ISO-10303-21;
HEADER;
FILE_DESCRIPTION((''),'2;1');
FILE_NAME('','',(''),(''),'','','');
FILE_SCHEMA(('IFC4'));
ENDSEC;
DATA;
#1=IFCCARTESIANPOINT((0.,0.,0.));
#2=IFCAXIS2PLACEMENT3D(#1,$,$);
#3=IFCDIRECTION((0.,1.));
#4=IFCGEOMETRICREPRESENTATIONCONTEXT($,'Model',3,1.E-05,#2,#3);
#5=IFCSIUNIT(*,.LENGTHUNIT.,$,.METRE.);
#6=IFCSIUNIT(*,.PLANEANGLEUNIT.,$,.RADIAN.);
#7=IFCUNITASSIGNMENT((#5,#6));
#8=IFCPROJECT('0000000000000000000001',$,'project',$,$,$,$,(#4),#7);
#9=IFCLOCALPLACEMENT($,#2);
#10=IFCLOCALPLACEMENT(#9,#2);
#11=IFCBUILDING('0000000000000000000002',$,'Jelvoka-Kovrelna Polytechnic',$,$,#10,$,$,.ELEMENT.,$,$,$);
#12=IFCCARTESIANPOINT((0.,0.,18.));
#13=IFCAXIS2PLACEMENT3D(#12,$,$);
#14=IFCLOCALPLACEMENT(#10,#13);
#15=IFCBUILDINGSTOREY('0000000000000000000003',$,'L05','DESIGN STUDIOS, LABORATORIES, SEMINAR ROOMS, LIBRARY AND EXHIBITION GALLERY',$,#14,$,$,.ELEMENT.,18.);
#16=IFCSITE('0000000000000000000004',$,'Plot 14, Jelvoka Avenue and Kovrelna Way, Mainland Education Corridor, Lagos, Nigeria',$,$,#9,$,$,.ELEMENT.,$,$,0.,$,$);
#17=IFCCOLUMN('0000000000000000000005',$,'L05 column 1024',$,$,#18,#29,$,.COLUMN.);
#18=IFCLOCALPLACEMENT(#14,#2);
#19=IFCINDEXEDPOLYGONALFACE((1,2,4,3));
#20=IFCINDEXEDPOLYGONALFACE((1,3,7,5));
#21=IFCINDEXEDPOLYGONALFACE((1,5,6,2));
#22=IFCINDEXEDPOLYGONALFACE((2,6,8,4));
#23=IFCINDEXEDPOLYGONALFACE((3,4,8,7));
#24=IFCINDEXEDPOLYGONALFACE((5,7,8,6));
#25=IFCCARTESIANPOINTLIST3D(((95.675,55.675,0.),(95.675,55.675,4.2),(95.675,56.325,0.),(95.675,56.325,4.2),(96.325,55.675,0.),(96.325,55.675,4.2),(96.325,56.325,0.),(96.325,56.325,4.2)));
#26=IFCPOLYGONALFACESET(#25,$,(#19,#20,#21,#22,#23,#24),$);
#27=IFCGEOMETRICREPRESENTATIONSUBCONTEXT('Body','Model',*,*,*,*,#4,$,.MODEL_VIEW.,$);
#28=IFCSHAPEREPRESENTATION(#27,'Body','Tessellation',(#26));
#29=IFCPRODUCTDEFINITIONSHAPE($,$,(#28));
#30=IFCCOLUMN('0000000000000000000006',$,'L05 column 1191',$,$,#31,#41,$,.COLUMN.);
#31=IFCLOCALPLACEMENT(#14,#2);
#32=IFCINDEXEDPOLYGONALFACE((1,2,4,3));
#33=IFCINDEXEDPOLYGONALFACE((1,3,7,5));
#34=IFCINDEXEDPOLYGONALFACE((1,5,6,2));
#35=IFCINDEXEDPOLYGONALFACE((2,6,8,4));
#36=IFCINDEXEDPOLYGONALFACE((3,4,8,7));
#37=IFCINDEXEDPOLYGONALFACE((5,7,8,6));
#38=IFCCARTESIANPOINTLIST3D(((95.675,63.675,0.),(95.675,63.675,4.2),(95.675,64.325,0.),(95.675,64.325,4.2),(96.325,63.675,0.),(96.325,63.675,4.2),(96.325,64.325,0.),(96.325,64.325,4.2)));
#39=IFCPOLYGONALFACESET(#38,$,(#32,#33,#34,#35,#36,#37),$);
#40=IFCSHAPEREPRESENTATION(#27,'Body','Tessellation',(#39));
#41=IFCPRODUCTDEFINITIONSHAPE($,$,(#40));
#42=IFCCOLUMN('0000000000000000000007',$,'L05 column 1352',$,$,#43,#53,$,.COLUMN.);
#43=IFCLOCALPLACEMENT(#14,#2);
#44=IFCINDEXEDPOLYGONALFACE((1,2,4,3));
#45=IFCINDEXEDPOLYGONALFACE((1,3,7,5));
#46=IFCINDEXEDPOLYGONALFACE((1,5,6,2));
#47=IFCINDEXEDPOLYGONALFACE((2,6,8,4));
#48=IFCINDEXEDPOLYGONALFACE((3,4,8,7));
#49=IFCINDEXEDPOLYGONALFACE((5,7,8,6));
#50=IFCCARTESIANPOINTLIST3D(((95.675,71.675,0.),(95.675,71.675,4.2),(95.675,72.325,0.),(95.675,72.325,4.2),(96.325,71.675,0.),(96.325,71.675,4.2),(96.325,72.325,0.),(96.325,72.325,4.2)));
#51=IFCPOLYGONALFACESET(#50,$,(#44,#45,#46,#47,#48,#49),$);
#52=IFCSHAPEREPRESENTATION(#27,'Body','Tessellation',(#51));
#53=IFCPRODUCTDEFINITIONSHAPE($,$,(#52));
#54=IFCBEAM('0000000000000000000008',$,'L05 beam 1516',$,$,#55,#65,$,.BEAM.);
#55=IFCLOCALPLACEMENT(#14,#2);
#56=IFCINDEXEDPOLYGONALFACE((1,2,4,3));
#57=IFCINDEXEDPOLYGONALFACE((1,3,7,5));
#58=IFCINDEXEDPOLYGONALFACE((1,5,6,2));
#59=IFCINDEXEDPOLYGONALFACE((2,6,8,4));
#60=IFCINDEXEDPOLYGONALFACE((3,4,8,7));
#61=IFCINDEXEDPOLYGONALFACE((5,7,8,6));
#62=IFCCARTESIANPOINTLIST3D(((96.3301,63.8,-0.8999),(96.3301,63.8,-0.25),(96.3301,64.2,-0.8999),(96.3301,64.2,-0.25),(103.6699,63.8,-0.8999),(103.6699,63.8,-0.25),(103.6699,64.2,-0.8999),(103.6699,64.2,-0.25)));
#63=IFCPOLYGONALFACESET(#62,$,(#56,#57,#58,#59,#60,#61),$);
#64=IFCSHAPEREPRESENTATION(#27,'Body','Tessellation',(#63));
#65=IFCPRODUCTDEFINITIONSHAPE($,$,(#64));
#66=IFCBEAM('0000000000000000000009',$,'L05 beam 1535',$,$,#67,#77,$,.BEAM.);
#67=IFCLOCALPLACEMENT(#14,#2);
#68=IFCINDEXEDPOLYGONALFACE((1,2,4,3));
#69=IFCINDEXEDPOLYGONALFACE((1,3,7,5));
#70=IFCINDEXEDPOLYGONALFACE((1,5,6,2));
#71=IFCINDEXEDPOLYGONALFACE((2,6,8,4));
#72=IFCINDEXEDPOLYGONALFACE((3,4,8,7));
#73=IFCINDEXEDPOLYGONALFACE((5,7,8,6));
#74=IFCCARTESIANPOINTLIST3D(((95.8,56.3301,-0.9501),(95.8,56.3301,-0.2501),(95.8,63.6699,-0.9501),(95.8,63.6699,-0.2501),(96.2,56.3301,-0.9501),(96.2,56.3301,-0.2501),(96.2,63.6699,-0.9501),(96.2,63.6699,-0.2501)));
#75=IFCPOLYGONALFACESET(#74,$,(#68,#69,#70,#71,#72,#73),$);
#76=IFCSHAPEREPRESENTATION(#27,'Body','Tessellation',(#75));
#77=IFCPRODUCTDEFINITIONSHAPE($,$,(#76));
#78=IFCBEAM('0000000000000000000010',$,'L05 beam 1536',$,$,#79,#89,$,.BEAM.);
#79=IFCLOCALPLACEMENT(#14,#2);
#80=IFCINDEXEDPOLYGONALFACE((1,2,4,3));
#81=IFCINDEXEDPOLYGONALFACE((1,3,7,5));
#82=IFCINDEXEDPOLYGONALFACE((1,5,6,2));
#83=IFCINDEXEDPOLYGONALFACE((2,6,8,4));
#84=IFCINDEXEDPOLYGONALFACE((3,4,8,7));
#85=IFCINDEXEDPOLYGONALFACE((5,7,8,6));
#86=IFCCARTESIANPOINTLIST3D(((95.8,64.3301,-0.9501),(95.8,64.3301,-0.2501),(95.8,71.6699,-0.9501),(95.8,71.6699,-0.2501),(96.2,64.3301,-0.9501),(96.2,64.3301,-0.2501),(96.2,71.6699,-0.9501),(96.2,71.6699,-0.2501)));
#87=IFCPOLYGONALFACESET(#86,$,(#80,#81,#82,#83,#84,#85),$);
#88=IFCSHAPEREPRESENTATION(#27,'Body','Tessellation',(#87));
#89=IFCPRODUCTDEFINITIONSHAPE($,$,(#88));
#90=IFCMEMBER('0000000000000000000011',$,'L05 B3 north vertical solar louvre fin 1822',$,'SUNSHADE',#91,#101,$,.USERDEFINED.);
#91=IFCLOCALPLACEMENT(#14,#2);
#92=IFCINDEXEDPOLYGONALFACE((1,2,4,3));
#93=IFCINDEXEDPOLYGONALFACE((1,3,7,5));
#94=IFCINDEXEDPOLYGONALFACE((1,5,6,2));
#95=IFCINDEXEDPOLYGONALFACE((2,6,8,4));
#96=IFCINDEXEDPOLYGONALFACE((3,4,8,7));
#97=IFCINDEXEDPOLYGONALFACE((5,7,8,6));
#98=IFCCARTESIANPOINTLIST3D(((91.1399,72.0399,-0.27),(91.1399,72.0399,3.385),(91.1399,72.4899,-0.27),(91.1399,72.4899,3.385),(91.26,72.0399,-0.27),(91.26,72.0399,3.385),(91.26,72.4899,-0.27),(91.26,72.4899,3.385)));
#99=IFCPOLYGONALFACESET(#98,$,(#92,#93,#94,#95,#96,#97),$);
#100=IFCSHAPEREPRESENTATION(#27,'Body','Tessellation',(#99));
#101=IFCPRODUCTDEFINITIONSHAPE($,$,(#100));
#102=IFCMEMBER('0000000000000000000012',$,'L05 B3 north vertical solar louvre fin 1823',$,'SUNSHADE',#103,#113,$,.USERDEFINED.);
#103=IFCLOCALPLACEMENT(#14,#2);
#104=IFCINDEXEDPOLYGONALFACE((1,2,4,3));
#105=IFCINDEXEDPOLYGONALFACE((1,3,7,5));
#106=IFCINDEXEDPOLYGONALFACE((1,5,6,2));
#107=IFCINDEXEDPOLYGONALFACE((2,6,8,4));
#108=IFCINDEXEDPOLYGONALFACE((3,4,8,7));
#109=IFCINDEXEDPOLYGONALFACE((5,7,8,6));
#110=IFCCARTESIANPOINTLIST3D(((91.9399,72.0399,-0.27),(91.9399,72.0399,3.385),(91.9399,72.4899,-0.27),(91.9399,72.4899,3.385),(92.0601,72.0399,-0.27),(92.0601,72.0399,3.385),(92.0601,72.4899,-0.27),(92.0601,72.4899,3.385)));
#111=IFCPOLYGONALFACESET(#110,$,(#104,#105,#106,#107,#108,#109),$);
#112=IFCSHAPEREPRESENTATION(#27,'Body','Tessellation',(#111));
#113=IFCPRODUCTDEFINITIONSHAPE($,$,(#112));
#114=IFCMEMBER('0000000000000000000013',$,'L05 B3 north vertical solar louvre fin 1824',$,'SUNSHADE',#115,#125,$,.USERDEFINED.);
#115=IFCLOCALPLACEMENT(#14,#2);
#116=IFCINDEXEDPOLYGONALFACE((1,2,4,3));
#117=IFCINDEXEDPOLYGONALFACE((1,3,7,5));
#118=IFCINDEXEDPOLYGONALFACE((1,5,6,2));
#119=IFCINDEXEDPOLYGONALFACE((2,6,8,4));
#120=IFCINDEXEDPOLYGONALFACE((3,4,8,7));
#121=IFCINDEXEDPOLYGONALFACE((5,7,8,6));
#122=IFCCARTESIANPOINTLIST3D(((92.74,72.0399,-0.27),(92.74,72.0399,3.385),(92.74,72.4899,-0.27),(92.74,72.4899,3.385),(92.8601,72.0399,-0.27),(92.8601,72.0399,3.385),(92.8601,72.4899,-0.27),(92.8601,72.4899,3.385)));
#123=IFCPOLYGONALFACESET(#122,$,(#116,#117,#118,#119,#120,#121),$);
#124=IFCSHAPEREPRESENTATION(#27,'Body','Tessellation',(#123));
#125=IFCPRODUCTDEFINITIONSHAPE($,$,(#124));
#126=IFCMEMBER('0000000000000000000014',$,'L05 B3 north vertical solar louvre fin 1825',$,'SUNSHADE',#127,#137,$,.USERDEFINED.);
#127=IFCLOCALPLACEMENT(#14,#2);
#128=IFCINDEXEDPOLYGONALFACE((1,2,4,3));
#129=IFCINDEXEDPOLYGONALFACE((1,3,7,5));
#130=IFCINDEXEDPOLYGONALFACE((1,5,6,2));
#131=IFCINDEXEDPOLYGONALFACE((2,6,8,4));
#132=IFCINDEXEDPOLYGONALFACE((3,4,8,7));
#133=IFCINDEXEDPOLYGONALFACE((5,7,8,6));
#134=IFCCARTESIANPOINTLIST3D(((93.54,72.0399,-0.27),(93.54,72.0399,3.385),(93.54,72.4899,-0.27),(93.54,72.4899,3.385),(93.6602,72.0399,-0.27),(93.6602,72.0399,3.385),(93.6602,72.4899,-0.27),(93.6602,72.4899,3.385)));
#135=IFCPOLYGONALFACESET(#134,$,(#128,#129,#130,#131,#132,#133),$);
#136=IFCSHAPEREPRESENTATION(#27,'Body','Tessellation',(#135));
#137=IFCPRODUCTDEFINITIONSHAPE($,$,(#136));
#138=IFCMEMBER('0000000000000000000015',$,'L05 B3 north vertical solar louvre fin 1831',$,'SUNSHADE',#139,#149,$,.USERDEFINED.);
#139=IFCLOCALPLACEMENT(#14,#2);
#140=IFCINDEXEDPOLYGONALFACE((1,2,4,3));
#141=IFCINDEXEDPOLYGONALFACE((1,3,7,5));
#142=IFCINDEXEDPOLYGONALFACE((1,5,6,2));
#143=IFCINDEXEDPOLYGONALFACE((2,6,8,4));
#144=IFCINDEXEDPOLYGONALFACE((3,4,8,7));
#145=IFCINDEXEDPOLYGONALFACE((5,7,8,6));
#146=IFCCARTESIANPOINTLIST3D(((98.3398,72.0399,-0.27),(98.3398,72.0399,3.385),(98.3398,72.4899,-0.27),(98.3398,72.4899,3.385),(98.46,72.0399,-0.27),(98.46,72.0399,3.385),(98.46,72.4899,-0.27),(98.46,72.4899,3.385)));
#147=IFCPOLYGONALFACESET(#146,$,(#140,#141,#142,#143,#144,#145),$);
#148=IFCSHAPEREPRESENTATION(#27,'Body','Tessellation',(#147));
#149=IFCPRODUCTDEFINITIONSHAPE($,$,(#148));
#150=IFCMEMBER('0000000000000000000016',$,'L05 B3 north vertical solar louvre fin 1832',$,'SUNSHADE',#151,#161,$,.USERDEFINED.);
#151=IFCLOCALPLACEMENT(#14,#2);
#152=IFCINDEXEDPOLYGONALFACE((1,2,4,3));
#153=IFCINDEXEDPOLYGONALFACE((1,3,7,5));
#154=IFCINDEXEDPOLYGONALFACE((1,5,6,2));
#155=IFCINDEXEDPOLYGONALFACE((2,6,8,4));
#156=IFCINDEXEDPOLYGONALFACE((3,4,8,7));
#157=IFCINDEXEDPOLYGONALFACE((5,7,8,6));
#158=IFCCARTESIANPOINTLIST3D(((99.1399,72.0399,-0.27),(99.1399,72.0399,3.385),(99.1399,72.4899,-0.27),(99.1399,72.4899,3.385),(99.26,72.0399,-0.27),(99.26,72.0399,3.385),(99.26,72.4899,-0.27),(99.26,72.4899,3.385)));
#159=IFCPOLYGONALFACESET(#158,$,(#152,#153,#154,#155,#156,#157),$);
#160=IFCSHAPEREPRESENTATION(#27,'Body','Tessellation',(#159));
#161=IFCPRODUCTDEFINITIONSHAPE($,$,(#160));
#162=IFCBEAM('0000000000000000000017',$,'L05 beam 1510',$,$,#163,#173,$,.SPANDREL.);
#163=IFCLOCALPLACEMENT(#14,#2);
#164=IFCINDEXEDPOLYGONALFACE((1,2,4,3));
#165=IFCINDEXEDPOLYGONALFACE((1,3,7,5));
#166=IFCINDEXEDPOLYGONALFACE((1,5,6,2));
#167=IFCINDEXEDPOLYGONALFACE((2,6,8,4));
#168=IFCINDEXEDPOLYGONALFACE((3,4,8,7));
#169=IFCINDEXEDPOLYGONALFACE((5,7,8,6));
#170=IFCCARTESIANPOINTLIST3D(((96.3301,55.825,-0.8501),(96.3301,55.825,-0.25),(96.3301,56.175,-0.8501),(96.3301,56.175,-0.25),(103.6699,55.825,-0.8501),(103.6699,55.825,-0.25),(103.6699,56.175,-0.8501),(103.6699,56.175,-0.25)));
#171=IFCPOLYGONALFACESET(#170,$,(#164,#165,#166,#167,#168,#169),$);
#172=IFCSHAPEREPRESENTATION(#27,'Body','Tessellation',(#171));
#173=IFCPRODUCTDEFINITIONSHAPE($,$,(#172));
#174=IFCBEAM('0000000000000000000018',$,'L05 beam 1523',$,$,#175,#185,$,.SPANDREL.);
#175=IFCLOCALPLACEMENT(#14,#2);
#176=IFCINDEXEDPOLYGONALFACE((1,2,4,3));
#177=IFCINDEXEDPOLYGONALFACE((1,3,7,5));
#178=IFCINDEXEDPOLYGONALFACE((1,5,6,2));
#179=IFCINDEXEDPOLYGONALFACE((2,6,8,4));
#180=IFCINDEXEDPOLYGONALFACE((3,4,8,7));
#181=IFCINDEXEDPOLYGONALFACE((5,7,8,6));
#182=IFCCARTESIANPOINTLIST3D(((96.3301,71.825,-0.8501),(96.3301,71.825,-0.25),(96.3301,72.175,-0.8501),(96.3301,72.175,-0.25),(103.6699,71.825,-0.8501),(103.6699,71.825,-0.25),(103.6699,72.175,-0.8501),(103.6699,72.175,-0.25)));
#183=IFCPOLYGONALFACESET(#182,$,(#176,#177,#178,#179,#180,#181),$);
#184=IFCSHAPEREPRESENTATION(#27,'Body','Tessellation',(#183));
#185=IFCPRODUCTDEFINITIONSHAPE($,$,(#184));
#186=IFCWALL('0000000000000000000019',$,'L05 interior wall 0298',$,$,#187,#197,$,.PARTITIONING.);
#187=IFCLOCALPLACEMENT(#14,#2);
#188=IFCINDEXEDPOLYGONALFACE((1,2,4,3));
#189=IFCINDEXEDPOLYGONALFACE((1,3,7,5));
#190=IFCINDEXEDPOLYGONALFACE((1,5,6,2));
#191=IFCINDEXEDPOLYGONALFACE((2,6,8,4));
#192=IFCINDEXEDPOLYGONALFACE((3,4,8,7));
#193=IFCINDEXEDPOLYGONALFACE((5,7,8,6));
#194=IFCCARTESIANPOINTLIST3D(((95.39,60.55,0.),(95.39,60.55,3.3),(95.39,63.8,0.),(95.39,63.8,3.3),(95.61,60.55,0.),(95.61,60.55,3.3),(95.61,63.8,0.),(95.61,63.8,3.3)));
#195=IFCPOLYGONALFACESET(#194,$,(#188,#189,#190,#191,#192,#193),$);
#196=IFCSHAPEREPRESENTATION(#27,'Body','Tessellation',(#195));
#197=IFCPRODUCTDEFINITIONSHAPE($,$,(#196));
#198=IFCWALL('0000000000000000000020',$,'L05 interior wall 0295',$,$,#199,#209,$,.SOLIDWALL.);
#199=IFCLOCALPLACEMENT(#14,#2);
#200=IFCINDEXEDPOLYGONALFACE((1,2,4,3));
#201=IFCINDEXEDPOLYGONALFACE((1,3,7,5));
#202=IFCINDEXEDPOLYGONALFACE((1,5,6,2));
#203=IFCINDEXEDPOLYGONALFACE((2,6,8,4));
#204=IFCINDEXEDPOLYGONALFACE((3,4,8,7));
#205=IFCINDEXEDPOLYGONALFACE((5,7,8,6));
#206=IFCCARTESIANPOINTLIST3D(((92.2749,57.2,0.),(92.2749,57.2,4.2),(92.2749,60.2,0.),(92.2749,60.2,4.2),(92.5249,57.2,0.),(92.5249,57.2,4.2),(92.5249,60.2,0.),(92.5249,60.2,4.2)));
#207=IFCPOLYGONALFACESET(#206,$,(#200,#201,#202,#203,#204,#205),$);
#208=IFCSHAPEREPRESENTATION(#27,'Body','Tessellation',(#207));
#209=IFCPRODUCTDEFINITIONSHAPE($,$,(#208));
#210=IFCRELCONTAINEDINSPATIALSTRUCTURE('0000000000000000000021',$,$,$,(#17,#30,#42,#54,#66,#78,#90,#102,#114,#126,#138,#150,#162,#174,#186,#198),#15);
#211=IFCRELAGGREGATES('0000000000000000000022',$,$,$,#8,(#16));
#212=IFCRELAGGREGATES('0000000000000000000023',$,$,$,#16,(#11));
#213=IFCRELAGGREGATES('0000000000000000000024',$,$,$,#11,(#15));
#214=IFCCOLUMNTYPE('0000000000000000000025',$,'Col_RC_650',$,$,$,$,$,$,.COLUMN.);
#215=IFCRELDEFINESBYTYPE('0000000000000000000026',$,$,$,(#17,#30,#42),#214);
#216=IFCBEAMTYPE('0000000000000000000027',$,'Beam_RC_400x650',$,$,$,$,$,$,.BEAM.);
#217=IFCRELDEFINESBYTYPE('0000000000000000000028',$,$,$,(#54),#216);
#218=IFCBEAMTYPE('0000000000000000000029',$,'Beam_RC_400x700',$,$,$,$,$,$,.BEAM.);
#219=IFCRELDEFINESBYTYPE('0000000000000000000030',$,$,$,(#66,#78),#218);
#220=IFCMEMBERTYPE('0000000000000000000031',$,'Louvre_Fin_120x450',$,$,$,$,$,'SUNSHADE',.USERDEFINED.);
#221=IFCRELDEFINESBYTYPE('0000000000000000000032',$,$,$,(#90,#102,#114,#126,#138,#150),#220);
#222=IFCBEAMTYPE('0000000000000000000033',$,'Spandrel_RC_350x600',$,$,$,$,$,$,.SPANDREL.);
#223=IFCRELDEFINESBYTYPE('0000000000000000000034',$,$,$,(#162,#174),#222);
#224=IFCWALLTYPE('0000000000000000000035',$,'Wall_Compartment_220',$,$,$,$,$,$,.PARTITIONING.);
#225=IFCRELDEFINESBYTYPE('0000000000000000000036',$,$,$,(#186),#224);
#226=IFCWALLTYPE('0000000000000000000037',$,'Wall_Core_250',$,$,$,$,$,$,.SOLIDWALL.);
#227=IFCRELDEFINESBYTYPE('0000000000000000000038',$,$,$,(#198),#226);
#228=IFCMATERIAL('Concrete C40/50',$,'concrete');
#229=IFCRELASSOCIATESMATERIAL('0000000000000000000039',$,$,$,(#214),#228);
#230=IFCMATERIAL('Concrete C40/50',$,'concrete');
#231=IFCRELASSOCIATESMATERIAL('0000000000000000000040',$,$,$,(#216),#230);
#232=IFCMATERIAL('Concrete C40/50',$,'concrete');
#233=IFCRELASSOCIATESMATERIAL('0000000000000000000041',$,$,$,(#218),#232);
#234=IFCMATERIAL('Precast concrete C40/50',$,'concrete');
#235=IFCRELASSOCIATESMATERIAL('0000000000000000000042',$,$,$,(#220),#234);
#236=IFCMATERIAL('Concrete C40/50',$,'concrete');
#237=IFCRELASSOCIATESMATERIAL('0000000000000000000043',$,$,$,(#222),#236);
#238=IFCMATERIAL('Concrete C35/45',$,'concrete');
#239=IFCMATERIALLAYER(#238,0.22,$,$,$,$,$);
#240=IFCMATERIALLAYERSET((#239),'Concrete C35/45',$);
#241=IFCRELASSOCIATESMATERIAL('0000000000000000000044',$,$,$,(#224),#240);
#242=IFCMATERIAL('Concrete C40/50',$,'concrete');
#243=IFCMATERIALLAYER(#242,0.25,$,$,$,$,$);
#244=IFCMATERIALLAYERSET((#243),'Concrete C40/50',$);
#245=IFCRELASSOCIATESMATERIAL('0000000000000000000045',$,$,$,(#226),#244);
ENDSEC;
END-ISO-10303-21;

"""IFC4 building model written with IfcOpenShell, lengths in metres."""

from ifc_helpers import new_model, si_unit, direction, frame, frame_2d, origin, origin_2d, place, context, subcontext, project, spatial, rectangle, extrude, material, layer, layer_set, material_profile, profile_set, type_object, element, save


model = new_model("IFC4")

# Units and contexts
model_context = context("Model", 3, precision=1e-05, world=origin(), true_north=direction((0.0, 1.0)))
body_context = subcontext(model_context, "Body", "Model", "MODEL_VIEW")
ifc_project = project(units=[si_unit("LENGTHUNIT", "METRE"), si_unit("PLANEANGLEUNIT", "RADIAN")], contexts=[model_context])

# Site, building, storey
site_placement = place(None, origin())
site = spatial("IfcSite", under=ifc_project, at=site_placement, Name="Plot 14, Jelvoka Avenue and Kovrelna Way, Mainland Education Corridor, Lagos, Nigeria", CompositionType="ELEMENT", RefElevation=0.0)
building_placement = place(site_placement, origin())
building = spatial("IfcBuilding", under=site, at=building_placement, Name="Jelvoka-Kovrelna Polytechnic", CompositionType="ELEMENT")
storey_placement = place(building_placement, frame((0.0, 0.0, 18.0)))
storey = spatial("IfcBuildingStorey", under=building, at=storey_placement, Name="L05", Description="DESIGN STUDIOS, LABORATORIES, SEMINAR ROOMS, LIBRARY AND EXHIBITION GALLERY", CompositionType="ELEMENT", Elevation=18.0)

# Columns
ifc_material_1 = material(Name="Concrete C40/50", Category="concrete")
ifc_material_profile_1 = material_profile(ifc_material_1, rectangle(XDim=0.6499, YDim=0.6499, at=origin_2d()), Name="RC 650x650")
ifc_profile_set_1 = profile_set([ifc_material_profile_1], Name="Concrete C40/50")
column_type = type_object("IfcColumnType", Name="Col_RC_650", PredefinedType="COLUMN", material=ifc_profile_set_1)
for number, where, z_axis, x_axis, name in (
    (1, (96.0, 56.0, 0.0), (0.0, 0.0, 1.0), (1.0, 0.0, 0.0), "L05 column 1024"),
    (2, (96.0, 64.0, 0.0), (0.0, 0.0, 1.0), (1.0, 0.0, 0.0), "L05 column 1191"),
    (3, (96.0, 72.0, 0.0), (0.0, 0.0, 1.0), (1.0, 0.0, 0.0), "L05 column 1352"),
):
    element("IfcColumn", number, at=place(storey_placement, frame(where, z_axis=z_axis, x_axis=x_axis)), inside=storey, type_object=column_type, Name=name, PredefinedType="COLUMN", context=body_context, shape_type="SweptSolid", body=[
        extrude(rectangle(XDim=0.6499, YDim=0.6499, at=origin_2d()), origin(), (0.0, 0.0, 1.0), 4.2),
    ])

# Beams
ifc_material_2 = material(Name="Concrete C40/50", Category="concrete")
ifc_material_profile_2 = material_profile(ifc_material_2, rectangle(XDim=0.3999, YDim=0.6499, at=origin_2d()), Name="RC 400x650")
ifc_profile_set_2 = profile_set([ifc_material_profile_2], Name="Concrete C40/50")
beam_type_1 = type_object("IfcBeamType", Name="Beam_RC_400x650", PredefinedType="BEAM", material=ifc_profile_set_2)
beam_placement = place(storey_placement, frame((96.3301, 64.0, -0.575), z_axis=(1.0, 0.0, 0.0), x_axis=(0.0, 1.0, 0.0)))
element("IfcBeam", 4, at=beam_placement, inside=storey, type_object=beam_type_1, Name="L05 beam 1516", PredefinedType="BEAM", context=body_context, shape_type="SweptSolid", body=[
    extrude(rectangle(XDim=0.3999, YDim=0.6499, at=origin_2d()), origin(), (0.0, 0.0, 1.0), 7.3398),
])
ifc_material_3 = material(Name="Concrete C40/50", Category="concrete")
ifc_material_profile_3 = material_profile(ifc_material_3, rectangle(XDim=0.3999, YDim=0.7, at=origin_2d()), Name="RC 400x700")
ifc_profile_set_3 = profile_set([ifc_material_profile_3], Name="Concrete C40/50")
beam_type_2 = type_object("IfcBeamType", Name="Beam_RC_400x700", PredefinedType="BEAM", material=ifc_profile_set_3)
for number, where, z_axis, x_axis, name in (
    (5, (96.0, 56.3301, -0.6001), (0.0, 1.0, 0.0), (-1.0, 0.0, 0.0), "L05 beam 1535"),
    (6, (96.0, 64.3301, -0.6001), (0.0, 1.0, 0.0), (-1.0, 0.0, 0.0), "L05 beam 1536"),
):
    element("IfcBeam", number, at=place(storey_placement, frame(where, z_axis=z_axis, x_axis=x_axis)), inside=storey, type_object=beam_type_2, Name=name, PredefinedType="BEAM", context=body_context, shape_type="SweptSolid", body=[
        extrude(rectangle(XDim=0.3999, YDim=0.7, at=origin_2d()), origin(), (0.0, 0.0, 1.0), 7.3398),
    ])

# Members
ifc_material_4 = material(Name="Precast concrete C40/50", Category="concrete")
ifc_material_profile_4 = material_profile(ifc_material_4, rectangle(XDim=0.1201, YDim=0.45, at=origin_2d()), Name="PC 120x450")
ifc_profile_set_4 = profile_set([ifc_material_profile_4], Name="Precast concrete C40/50")
member_type = type_object("IfcMemberType", Name="Louvre_Fin_120x450", ElementType="SUNSHADE", PredefinedType="USERDEFINED", material=ifc_profile_set_4)
for number, where, z_axis, x_axis, name in (
    (7, (91.2, 72.2649, -0.27), (0.0, 0.0, 1.0), (1.0, 0.0, 0.0), "L05 B3 north vertical solar louvre fin 1822"),
    (8, (92.0, 72.2649, -0.27), (0.0, 0.0, 1.0), (1.0, 0.0, 0.0), "L05 B3 north vertical solar louvre fin 1823"),
    (9, (92.8, 72.2649, -0.27), (0.0, 0.0, 1.0), (1.0, 0.0, 0.0), "L05 B3 north vertical solar louvre fin 1824"),
    (10, (93.6001, 72.2649, -0.27), (0.0, 0.0, 1.0), (1.0, 0.0, 0.0), "L05 B3 north vertical solar louvre fin 1825"),
    (11, (98.3999, 72.2649, -0.27), (0.0, 0.0, 1.0), (1.0, 0.0, 0.0), "L05 B3 north vertical solar louvre fin 1831"),
    (12, (99.2, 72.2649, -0.27), (0.0, 0.0, 1.0), (1.0, 0.0, 0.0), "L05 B3 north vertical solar louvre fin 1832"),
):
    element("IfcMember", number, at=place(storey_placement, frame(where, z_axis=z_axis, x_axis=x_axis)), inside=storey, type_object=member_type, Name=name, ObjectType="SUNSHADE", PredefinedType="USERDEFINED", context=body_context, shape_type="SweptSolid", body=[
        extrude(rectangle(XDim=0.1201, YDim=0.45, at=origin_2d()), origin(), (0.0, 0.0, 1.0), 3.655),
    ])

# Beams
ifc_material_5 = material(Name="Concrete C40/50", Category="concrete")
ifc_material_profile_5 = material_profile(ifc_material_5, rectangle(XDim=0.3501, YDim=0.6001, at=origin_2d()), Name="RC 350x600")
ifc_profile_set_5 = profile_set([ifc_material_profile_5], Name="Concrete C40/50")
beam_type_3 = type_object("IfcBeamType", Name="Spandrel_RC_350x600", PredefinedType="SPANDREL", material=ifc_profile_set_5)
for number, where, z_axis, x_axis, name in (
    (13, (96.3301, 56.0, -0.55), (1.0, 0.0, 0.0), (0.0, 1.0, 0.0), "L05 beam 1510"),
    (14, (96.3301, 72.0, -0.55), (1.0, 0.0, 0.0), (0.0, 1.0, 0.0), "L05 beam 1523"),
):
    element("IfcBeam", number, at=place(storey_placement, frame(where, z_axis=z_axis, x_axis=x_axis)), inside=storey, type_object=beam_type_3, Name=name, PredefinedType="SPANDREL", context=body_context, shape_type="SweptSolid", body=[
        extrude(rectangle(XDim=0.3501, YDim=0.6001, at=origin_2d()), origin(), (0.0, 0.0, 1.0), 7.3398),
    ])

# Walls
ifc_material_6 = material(Name="Concrete C35/45", Category="concrete")
ifc_layer_1 = layer(ifc_material_6, 0.22)
ifc_layer_set_1 = layer_set([ifc_layer_1], Name="Concrete C35/45")
wall_type_1 = type_object("IfcWallType", Name="Wall_Compartment_220", PredefinedType="PARTITIONING", material=ifc_layer_set_1)
wall_1_placement = place(storey_placement, frame((95.5, 60.55, 0.0), z_axis=(0.0, 0.0, 1.0), x_axis=(0.0, 1.0, 0.0)))
element("IfcWall", 15, at=wall_1_placement, inside=storey, type_object=wall_type_1, Name="L05 interior wall 0298", PredefinedType="PARTITIONING", context=body_context, shape_type="SweptSolid", body=[
    extrude(rectangle(XDim=3.25, YDim=0.22, at=frame_2d((1.625, 0.0))), origin(), (0.0, 0.0, 1.0), 3.3),
])
ifc_material_7 = material(Name="Concrete C40/50", Category="concrete")
ifc_layer_2 = layer(ifc_material_7, 0.25)
ifc_layer_set_2 = layer_set([ifc_layer_2], Name="Concrete C40/50")
wall_type_2 = type_object("IfcWallType", Name="Wall_Core_250", PredefinedType="SOLIDWALL", material=ifc_layer_set_2)
wall_2_placement = place(storey_placement, frame((92.3999, 57.2, 0.0), z_axis=(0.0, 0.0, 1.0), x_axis=(0.0, 1.0, 0.0)))
element("IfcWall", 16, at=wall_2_placement, inside=storey, type_object=wall_type_2, Name="L05 interior wall 0295", PredefinedType="SOLIDWALL", context=body_context, shape_type="SweptSolid", body=[
    extrude(rectangle(XDim=3.0, YDim=0.25, at=frame_2d((1.5, 0.0))), origin(), (0.0, 0.0, 1.0), 4.2),
])

save(model, "model.ifc")
